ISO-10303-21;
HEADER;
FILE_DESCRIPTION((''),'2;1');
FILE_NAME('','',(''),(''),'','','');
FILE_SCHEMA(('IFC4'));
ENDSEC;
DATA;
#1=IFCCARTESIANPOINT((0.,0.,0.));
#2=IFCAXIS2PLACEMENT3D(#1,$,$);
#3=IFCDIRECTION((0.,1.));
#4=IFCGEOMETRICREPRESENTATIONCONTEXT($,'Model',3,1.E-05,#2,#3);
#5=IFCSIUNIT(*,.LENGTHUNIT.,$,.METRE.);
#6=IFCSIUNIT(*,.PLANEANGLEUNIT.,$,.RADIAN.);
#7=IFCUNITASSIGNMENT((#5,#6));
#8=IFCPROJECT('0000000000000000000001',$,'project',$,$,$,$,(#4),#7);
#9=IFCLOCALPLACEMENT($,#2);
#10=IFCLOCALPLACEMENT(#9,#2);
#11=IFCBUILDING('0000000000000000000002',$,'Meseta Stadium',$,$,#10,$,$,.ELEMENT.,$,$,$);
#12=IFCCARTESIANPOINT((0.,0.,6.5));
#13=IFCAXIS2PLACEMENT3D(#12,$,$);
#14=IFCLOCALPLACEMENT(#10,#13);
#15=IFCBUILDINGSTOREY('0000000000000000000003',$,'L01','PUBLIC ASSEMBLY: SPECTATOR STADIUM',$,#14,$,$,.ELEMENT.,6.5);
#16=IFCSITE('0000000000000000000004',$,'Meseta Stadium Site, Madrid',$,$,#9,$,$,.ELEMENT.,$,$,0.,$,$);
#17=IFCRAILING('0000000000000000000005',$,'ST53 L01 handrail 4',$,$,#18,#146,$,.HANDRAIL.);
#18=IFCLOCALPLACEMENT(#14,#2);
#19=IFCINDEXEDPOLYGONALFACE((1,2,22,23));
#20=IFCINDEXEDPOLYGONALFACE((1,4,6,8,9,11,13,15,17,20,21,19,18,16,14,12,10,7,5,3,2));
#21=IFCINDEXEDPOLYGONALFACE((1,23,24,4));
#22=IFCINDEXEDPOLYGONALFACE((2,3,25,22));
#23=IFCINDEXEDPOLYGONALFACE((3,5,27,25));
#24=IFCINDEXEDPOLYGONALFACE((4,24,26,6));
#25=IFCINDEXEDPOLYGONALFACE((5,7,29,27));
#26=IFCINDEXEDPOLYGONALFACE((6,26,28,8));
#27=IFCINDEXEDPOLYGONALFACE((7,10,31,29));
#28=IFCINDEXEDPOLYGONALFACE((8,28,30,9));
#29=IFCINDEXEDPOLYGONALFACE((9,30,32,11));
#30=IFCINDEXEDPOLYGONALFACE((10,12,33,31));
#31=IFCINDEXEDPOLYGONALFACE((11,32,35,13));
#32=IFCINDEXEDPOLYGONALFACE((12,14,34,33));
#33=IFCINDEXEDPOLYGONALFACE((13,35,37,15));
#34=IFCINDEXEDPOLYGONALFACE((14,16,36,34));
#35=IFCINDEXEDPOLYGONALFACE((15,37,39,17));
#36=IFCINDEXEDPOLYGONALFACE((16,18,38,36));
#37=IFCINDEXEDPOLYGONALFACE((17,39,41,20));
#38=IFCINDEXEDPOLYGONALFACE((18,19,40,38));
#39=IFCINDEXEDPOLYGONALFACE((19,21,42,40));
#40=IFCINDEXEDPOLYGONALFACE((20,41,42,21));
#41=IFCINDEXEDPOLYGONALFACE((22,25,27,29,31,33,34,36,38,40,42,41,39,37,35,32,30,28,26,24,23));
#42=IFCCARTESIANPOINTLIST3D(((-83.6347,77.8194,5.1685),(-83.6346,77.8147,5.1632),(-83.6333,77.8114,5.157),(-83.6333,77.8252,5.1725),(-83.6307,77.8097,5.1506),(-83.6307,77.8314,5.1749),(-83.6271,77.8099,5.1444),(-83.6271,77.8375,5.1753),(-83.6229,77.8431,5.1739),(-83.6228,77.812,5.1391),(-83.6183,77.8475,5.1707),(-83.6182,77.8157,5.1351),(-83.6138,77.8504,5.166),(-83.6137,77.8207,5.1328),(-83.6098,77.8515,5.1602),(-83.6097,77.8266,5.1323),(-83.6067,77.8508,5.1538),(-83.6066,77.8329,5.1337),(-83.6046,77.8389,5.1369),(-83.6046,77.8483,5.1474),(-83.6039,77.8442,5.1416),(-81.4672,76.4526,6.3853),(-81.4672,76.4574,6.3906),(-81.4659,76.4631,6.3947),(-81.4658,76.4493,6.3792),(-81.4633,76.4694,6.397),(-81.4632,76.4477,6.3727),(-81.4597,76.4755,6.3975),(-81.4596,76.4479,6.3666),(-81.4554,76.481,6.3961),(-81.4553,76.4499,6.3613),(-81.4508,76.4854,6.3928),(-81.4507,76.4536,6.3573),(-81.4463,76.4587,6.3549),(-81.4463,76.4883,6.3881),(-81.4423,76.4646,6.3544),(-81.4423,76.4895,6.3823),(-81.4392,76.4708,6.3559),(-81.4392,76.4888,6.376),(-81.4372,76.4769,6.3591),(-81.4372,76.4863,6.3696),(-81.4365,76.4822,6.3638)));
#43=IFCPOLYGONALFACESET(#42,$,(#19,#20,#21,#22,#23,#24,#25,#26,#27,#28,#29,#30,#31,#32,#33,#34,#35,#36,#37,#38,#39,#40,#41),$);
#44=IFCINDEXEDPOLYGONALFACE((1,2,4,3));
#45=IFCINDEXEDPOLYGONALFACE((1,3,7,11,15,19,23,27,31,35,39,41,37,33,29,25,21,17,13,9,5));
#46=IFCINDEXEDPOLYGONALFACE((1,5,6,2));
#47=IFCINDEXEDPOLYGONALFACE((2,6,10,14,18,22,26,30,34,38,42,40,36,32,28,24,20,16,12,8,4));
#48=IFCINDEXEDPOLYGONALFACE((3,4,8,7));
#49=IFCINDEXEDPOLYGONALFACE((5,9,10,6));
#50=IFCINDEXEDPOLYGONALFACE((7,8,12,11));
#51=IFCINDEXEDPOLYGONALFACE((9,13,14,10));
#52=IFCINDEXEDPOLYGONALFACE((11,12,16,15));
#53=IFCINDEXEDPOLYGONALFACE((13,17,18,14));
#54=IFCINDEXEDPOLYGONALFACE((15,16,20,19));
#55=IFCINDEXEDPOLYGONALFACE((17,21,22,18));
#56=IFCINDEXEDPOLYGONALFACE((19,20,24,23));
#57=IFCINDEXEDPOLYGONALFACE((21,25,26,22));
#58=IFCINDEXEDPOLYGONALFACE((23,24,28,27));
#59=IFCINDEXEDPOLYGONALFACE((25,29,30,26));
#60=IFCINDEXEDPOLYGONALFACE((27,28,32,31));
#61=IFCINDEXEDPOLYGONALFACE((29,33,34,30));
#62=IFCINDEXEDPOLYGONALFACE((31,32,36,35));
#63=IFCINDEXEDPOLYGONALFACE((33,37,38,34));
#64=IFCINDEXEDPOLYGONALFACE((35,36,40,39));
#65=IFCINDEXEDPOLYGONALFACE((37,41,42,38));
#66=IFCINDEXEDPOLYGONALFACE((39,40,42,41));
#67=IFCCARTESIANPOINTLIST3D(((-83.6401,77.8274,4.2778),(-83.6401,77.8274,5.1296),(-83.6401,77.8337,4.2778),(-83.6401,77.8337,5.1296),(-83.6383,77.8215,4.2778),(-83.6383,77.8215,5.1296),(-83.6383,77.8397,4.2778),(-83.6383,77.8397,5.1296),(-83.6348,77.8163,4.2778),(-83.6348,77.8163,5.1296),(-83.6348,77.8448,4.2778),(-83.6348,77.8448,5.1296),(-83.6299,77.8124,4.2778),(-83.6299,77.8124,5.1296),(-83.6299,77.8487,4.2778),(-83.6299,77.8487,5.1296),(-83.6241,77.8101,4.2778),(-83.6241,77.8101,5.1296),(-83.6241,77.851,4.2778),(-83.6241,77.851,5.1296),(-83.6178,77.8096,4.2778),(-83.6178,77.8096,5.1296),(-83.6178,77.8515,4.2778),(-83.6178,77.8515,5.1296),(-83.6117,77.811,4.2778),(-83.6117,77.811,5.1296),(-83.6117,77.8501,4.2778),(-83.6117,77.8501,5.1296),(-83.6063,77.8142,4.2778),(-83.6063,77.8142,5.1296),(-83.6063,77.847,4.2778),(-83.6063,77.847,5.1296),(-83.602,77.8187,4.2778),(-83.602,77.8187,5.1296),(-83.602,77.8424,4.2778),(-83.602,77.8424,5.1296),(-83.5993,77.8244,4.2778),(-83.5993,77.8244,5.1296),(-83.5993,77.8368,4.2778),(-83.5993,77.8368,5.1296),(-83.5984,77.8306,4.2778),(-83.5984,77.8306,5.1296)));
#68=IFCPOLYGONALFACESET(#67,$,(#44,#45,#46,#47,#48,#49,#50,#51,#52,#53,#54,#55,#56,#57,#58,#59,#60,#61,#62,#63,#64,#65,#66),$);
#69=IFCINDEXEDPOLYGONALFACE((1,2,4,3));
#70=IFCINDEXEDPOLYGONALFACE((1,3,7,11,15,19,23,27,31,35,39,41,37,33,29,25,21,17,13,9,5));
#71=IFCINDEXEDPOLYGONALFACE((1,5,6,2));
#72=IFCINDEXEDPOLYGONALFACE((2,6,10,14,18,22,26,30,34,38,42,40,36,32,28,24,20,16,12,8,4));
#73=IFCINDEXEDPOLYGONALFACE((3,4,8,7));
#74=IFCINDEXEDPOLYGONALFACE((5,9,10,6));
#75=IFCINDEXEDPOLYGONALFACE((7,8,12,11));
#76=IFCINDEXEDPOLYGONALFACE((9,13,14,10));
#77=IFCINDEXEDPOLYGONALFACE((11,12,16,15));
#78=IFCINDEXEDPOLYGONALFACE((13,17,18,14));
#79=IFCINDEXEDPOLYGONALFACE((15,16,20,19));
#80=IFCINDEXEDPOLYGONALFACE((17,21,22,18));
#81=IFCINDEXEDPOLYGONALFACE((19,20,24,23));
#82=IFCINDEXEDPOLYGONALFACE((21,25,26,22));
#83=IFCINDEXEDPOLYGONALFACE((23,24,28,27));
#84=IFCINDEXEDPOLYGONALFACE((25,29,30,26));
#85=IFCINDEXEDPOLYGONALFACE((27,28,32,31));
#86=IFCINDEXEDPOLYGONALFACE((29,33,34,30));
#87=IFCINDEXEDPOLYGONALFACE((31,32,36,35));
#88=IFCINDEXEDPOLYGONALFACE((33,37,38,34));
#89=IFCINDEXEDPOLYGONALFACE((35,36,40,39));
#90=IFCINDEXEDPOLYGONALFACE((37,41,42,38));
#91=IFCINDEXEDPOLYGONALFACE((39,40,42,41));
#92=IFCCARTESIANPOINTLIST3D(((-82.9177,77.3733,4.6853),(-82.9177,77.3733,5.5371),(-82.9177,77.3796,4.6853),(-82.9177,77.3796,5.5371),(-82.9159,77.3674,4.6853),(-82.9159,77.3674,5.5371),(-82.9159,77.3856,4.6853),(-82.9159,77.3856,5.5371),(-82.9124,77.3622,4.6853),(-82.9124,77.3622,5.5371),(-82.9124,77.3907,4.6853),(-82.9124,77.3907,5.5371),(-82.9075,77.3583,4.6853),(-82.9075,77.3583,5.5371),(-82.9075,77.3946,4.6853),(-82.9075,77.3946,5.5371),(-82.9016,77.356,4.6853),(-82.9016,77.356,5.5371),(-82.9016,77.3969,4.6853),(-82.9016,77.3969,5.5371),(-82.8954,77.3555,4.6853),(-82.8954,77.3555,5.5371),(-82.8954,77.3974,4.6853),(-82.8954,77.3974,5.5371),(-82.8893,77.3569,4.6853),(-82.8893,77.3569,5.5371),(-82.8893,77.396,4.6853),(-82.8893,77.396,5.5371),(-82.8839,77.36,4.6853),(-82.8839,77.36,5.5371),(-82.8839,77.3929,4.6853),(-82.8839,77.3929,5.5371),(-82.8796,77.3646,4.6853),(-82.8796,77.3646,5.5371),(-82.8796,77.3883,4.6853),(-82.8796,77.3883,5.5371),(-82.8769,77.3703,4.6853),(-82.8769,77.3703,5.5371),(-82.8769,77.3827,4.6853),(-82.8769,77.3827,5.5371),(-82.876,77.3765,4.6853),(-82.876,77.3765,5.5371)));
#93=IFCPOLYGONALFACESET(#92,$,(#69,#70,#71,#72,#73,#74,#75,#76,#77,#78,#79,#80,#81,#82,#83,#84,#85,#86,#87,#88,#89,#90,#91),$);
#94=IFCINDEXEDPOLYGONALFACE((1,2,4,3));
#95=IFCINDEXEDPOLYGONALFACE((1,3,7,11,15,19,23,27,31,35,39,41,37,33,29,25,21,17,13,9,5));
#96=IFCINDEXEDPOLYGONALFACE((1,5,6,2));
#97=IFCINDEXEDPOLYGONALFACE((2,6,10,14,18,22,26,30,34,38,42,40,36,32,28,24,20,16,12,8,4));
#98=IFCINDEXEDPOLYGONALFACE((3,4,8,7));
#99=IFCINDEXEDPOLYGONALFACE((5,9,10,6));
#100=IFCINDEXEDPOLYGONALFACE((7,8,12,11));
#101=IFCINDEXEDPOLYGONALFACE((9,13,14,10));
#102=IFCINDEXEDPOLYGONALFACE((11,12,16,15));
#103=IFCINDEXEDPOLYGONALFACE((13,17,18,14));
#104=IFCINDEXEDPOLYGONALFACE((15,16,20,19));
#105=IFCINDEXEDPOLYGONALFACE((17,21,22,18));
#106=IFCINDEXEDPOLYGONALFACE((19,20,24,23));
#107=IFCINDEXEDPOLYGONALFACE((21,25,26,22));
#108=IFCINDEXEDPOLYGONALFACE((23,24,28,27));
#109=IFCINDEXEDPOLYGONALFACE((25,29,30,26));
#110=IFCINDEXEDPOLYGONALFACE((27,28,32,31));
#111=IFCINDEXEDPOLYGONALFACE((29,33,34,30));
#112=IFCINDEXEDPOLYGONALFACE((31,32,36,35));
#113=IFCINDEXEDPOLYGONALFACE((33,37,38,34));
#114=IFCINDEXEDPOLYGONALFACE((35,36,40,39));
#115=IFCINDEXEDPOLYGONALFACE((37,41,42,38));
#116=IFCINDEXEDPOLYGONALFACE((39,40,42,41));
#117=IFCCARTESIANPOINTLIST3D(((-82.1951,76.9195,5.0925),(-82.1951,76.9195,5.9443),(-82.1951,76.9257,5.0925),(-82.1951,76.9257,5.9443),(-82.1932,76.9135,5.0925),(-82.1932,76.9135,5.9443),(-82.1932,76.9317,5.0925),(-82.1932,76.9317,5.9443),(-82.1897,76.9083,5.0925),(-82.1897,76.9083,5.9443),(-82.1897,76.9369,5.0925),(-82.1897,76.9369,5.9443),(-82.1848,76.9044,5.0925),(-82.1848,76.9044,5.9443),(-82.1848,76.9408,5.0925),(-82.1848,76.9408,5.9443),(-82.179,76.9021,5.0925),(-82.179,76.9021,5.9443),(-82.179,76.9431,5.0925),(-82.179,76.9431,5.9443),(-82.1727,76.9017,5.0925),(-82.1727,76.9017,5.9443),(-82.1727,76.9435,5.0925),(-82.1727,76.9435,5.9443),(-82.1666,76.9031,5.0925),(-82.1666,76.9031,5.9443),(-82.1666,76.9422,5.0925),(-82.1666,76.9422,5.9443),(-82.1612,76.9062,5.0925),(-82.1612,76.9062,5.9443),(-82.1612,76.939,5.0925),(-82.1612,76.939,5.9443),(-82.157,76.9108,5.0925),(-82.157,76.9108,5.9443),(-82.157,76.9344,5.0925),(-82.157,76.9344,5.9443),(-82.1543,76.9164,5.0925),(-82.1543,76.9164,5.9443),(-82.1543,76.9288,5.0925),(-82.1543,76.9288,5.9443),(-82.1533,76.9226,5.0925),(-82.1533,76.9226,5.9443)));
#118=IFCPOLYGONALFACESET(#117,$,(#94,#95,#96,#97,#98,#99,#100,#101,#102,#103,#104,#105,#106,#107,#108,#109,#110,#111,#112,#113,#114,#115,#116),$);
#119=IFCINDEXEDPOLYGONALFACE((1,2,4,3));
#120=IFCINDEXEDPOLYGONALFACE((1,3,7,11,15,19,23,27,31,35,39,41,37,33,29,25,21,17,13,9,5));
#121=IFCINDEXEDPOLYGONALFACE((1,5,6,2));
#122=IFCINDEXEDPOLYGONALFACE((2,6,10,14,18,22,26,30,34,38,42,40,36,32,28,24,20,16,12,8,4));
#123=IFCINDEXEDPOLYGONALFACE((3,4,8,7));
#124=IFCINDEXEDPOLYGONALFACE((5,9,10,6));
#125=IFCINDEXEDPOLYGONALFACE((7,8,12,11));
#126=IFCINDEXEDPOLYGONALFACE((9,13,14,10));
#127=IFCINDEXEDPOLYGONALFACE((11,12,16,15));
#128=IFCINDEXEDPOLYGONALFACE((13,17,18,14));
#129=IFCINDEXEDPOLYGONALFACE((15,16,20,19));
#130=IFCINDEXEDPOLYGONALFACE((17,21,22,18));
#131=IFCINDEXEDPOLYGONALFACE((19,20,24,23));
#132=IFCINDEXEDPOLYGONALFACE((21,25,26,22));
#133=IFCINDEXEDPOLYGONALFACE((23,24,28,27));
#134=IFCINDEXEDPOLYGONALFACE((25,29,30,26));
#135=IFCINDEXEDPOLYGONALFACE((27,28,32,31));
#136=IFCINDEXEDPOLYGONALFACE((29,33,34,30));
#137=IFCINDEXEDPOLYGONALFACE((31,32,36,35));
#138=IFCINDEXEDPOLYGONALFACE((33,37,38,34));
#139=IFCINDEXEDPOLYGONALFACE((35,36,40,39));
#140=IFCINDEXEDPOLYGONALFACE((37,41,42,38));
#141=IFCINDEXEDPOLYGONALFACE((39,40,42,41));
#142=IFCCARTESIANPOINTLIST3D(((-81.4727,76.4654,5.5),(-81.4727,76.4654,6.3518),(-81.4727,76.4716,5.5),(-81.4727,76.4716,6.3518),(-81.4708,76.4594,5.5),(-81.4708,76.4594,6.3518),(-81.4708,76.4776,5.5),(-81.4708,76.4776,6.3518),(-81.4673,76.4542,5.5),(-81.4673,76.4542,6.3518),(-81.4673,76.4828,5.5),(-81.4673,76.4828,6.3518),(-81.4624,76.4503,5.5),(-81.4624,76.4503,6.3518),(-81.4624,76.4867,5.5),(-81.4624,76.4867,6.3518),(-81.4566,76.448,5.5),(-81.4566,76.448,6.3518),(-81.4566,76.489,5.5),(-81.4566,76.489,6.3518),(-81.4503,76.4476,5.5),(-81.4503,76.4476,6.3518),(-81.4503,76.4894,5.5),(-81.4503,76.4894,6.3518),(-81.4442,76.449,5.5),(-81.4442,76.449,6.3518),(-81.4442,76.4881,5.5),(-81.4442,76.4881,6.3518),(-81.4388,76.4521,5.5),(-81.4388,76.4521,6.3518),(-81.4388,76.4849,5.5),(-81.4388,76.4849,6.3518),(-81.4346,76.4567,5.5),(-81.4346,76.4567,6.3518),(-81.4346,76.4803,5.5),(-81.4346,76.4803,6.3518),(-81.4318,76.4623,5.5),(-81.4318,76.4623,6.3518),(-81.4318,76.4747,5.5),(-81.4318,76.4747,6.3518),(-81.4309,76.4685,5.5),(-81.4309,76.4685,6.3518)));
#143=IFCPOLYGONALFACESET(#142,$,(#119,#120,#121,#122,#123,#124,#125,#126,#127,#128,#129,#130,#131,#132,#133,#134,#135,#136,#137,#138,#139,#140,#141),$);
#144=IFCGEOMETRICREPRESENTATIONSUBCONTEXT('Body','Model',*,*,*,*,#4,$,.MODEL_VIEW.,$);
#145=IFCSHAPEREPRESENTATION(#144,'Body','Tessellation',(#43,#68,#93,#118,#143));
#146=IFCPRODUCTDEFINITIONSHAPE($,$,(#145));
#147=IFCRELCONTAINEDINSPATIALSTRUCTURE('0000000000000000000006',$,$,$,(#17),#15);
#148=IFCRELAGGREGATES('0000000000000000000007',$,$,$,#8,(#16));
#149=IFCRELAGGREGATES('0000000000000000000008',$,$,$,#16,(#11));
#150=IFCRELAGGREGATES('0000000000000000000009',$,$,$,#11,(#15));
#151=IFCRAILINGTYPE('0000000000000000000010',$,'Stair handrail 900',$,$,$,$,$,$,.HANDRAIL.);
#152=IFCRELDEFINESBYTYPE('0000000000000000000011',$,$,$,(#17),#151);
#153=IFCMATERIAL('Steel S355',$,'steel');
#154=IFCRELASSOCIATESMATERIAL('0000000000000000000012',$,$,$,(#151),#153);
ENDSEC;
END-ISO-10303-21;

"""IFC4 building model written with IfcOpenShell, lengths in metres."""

from ifc_helpers import new_model, si_unit, direction, frame, origin, origin_2d, place, context, subcontext, project, spatial, circle, extrude, material, type_object, element, save


model = new_model("IFC4")

# Units and contexts
model_context = context("Model", 3, precision=1e-05, world=origin(), true_north=direction((0.0, 1.0)))
body_context = subcontext(model_context, "Body", "Model", "MODEL_VIEW")
ifc_project = project(units=[si_unit("LENGTHUNIT", "METRE"), si_unit("PLANEANGLEUNIT", "RADIAN")], contexts=[model_context])

# Site, building, storey
site_placement = place(None, origin())
site = spatial("IfcSite", under=ifc_project, at=site_placement, Name="Meseta Stadium Site, Madrid", CompositionType="ELEMENT", RefElevation=0.0)
building_placement = place(site_placement, origin())
building = spatial("IfcBuilding", under=site, at=building_placement, Name="Meseta Stadium", CompositionType="ELEMENT")
storey_placement = place(building_placement, frame((0.0, 0.0, 6.5)))
storey = spatial("IfcBuildingStorey", under=building, at=storey_placement, Name="L01", Description="PUBLIC ASSEMBLY: SPECTATOR STADIUM", CompositionType="ELEMENT", Elevation=6.5)

# Railing
ifc_material_1 = material(Name="Steel S355", Category="steel")
railing_type_1 = type_object("IfcRailingType", Name="Stair handrail 900", PredefinedType="HANDRAIL", material=ifc_material_1)
for number, where, name in (
    (1, (-83.6194, 77.8306, 4.2778), "ST53 L01 handrail 4"),
):
    element("IfcRailing", number, at=place(storey_placement, frame(where)), inside=storey, type_object=railing_type_1, Name=name, PredefinedType="HANDRAIL", context=body_context, shape_type="SweptSolid", body=[
        extrude(circle(Radius=0.0239, at=origin_2d()), frame((0.0, 0.0, 0.876), z_axis=(0.764085, -0.480156, 0.430841), x_axis=(0.532072, 0.846699, 0.0)), (0.0, 0.0, 1.0), 2.8367),
        extrude(circle(Radius=0.021, at=origin_2d()), origin(), (0.0, 0.0, 1.0), 0.8518),
        extrude(circle(Radius=0.021, at=origin_2d()), frame((0.7224, -0.4541, 0.4075)), (0.0, 0.0, 1.0), 0.8518),
        extrude(circle(Radius=0.021, at=origin_2d()), frame((1.4451, -0.908, 0.8147)), (0.0, 0.0, 1.0), 0.8518),
        extrude(circle(Radius=0.021, at=origin_2d()), frame((2.1675, -1.3621, 1.2222)), (0.0, 0.0, 1.0), 0.8518),
    ])

save(model, "model.ifc")
